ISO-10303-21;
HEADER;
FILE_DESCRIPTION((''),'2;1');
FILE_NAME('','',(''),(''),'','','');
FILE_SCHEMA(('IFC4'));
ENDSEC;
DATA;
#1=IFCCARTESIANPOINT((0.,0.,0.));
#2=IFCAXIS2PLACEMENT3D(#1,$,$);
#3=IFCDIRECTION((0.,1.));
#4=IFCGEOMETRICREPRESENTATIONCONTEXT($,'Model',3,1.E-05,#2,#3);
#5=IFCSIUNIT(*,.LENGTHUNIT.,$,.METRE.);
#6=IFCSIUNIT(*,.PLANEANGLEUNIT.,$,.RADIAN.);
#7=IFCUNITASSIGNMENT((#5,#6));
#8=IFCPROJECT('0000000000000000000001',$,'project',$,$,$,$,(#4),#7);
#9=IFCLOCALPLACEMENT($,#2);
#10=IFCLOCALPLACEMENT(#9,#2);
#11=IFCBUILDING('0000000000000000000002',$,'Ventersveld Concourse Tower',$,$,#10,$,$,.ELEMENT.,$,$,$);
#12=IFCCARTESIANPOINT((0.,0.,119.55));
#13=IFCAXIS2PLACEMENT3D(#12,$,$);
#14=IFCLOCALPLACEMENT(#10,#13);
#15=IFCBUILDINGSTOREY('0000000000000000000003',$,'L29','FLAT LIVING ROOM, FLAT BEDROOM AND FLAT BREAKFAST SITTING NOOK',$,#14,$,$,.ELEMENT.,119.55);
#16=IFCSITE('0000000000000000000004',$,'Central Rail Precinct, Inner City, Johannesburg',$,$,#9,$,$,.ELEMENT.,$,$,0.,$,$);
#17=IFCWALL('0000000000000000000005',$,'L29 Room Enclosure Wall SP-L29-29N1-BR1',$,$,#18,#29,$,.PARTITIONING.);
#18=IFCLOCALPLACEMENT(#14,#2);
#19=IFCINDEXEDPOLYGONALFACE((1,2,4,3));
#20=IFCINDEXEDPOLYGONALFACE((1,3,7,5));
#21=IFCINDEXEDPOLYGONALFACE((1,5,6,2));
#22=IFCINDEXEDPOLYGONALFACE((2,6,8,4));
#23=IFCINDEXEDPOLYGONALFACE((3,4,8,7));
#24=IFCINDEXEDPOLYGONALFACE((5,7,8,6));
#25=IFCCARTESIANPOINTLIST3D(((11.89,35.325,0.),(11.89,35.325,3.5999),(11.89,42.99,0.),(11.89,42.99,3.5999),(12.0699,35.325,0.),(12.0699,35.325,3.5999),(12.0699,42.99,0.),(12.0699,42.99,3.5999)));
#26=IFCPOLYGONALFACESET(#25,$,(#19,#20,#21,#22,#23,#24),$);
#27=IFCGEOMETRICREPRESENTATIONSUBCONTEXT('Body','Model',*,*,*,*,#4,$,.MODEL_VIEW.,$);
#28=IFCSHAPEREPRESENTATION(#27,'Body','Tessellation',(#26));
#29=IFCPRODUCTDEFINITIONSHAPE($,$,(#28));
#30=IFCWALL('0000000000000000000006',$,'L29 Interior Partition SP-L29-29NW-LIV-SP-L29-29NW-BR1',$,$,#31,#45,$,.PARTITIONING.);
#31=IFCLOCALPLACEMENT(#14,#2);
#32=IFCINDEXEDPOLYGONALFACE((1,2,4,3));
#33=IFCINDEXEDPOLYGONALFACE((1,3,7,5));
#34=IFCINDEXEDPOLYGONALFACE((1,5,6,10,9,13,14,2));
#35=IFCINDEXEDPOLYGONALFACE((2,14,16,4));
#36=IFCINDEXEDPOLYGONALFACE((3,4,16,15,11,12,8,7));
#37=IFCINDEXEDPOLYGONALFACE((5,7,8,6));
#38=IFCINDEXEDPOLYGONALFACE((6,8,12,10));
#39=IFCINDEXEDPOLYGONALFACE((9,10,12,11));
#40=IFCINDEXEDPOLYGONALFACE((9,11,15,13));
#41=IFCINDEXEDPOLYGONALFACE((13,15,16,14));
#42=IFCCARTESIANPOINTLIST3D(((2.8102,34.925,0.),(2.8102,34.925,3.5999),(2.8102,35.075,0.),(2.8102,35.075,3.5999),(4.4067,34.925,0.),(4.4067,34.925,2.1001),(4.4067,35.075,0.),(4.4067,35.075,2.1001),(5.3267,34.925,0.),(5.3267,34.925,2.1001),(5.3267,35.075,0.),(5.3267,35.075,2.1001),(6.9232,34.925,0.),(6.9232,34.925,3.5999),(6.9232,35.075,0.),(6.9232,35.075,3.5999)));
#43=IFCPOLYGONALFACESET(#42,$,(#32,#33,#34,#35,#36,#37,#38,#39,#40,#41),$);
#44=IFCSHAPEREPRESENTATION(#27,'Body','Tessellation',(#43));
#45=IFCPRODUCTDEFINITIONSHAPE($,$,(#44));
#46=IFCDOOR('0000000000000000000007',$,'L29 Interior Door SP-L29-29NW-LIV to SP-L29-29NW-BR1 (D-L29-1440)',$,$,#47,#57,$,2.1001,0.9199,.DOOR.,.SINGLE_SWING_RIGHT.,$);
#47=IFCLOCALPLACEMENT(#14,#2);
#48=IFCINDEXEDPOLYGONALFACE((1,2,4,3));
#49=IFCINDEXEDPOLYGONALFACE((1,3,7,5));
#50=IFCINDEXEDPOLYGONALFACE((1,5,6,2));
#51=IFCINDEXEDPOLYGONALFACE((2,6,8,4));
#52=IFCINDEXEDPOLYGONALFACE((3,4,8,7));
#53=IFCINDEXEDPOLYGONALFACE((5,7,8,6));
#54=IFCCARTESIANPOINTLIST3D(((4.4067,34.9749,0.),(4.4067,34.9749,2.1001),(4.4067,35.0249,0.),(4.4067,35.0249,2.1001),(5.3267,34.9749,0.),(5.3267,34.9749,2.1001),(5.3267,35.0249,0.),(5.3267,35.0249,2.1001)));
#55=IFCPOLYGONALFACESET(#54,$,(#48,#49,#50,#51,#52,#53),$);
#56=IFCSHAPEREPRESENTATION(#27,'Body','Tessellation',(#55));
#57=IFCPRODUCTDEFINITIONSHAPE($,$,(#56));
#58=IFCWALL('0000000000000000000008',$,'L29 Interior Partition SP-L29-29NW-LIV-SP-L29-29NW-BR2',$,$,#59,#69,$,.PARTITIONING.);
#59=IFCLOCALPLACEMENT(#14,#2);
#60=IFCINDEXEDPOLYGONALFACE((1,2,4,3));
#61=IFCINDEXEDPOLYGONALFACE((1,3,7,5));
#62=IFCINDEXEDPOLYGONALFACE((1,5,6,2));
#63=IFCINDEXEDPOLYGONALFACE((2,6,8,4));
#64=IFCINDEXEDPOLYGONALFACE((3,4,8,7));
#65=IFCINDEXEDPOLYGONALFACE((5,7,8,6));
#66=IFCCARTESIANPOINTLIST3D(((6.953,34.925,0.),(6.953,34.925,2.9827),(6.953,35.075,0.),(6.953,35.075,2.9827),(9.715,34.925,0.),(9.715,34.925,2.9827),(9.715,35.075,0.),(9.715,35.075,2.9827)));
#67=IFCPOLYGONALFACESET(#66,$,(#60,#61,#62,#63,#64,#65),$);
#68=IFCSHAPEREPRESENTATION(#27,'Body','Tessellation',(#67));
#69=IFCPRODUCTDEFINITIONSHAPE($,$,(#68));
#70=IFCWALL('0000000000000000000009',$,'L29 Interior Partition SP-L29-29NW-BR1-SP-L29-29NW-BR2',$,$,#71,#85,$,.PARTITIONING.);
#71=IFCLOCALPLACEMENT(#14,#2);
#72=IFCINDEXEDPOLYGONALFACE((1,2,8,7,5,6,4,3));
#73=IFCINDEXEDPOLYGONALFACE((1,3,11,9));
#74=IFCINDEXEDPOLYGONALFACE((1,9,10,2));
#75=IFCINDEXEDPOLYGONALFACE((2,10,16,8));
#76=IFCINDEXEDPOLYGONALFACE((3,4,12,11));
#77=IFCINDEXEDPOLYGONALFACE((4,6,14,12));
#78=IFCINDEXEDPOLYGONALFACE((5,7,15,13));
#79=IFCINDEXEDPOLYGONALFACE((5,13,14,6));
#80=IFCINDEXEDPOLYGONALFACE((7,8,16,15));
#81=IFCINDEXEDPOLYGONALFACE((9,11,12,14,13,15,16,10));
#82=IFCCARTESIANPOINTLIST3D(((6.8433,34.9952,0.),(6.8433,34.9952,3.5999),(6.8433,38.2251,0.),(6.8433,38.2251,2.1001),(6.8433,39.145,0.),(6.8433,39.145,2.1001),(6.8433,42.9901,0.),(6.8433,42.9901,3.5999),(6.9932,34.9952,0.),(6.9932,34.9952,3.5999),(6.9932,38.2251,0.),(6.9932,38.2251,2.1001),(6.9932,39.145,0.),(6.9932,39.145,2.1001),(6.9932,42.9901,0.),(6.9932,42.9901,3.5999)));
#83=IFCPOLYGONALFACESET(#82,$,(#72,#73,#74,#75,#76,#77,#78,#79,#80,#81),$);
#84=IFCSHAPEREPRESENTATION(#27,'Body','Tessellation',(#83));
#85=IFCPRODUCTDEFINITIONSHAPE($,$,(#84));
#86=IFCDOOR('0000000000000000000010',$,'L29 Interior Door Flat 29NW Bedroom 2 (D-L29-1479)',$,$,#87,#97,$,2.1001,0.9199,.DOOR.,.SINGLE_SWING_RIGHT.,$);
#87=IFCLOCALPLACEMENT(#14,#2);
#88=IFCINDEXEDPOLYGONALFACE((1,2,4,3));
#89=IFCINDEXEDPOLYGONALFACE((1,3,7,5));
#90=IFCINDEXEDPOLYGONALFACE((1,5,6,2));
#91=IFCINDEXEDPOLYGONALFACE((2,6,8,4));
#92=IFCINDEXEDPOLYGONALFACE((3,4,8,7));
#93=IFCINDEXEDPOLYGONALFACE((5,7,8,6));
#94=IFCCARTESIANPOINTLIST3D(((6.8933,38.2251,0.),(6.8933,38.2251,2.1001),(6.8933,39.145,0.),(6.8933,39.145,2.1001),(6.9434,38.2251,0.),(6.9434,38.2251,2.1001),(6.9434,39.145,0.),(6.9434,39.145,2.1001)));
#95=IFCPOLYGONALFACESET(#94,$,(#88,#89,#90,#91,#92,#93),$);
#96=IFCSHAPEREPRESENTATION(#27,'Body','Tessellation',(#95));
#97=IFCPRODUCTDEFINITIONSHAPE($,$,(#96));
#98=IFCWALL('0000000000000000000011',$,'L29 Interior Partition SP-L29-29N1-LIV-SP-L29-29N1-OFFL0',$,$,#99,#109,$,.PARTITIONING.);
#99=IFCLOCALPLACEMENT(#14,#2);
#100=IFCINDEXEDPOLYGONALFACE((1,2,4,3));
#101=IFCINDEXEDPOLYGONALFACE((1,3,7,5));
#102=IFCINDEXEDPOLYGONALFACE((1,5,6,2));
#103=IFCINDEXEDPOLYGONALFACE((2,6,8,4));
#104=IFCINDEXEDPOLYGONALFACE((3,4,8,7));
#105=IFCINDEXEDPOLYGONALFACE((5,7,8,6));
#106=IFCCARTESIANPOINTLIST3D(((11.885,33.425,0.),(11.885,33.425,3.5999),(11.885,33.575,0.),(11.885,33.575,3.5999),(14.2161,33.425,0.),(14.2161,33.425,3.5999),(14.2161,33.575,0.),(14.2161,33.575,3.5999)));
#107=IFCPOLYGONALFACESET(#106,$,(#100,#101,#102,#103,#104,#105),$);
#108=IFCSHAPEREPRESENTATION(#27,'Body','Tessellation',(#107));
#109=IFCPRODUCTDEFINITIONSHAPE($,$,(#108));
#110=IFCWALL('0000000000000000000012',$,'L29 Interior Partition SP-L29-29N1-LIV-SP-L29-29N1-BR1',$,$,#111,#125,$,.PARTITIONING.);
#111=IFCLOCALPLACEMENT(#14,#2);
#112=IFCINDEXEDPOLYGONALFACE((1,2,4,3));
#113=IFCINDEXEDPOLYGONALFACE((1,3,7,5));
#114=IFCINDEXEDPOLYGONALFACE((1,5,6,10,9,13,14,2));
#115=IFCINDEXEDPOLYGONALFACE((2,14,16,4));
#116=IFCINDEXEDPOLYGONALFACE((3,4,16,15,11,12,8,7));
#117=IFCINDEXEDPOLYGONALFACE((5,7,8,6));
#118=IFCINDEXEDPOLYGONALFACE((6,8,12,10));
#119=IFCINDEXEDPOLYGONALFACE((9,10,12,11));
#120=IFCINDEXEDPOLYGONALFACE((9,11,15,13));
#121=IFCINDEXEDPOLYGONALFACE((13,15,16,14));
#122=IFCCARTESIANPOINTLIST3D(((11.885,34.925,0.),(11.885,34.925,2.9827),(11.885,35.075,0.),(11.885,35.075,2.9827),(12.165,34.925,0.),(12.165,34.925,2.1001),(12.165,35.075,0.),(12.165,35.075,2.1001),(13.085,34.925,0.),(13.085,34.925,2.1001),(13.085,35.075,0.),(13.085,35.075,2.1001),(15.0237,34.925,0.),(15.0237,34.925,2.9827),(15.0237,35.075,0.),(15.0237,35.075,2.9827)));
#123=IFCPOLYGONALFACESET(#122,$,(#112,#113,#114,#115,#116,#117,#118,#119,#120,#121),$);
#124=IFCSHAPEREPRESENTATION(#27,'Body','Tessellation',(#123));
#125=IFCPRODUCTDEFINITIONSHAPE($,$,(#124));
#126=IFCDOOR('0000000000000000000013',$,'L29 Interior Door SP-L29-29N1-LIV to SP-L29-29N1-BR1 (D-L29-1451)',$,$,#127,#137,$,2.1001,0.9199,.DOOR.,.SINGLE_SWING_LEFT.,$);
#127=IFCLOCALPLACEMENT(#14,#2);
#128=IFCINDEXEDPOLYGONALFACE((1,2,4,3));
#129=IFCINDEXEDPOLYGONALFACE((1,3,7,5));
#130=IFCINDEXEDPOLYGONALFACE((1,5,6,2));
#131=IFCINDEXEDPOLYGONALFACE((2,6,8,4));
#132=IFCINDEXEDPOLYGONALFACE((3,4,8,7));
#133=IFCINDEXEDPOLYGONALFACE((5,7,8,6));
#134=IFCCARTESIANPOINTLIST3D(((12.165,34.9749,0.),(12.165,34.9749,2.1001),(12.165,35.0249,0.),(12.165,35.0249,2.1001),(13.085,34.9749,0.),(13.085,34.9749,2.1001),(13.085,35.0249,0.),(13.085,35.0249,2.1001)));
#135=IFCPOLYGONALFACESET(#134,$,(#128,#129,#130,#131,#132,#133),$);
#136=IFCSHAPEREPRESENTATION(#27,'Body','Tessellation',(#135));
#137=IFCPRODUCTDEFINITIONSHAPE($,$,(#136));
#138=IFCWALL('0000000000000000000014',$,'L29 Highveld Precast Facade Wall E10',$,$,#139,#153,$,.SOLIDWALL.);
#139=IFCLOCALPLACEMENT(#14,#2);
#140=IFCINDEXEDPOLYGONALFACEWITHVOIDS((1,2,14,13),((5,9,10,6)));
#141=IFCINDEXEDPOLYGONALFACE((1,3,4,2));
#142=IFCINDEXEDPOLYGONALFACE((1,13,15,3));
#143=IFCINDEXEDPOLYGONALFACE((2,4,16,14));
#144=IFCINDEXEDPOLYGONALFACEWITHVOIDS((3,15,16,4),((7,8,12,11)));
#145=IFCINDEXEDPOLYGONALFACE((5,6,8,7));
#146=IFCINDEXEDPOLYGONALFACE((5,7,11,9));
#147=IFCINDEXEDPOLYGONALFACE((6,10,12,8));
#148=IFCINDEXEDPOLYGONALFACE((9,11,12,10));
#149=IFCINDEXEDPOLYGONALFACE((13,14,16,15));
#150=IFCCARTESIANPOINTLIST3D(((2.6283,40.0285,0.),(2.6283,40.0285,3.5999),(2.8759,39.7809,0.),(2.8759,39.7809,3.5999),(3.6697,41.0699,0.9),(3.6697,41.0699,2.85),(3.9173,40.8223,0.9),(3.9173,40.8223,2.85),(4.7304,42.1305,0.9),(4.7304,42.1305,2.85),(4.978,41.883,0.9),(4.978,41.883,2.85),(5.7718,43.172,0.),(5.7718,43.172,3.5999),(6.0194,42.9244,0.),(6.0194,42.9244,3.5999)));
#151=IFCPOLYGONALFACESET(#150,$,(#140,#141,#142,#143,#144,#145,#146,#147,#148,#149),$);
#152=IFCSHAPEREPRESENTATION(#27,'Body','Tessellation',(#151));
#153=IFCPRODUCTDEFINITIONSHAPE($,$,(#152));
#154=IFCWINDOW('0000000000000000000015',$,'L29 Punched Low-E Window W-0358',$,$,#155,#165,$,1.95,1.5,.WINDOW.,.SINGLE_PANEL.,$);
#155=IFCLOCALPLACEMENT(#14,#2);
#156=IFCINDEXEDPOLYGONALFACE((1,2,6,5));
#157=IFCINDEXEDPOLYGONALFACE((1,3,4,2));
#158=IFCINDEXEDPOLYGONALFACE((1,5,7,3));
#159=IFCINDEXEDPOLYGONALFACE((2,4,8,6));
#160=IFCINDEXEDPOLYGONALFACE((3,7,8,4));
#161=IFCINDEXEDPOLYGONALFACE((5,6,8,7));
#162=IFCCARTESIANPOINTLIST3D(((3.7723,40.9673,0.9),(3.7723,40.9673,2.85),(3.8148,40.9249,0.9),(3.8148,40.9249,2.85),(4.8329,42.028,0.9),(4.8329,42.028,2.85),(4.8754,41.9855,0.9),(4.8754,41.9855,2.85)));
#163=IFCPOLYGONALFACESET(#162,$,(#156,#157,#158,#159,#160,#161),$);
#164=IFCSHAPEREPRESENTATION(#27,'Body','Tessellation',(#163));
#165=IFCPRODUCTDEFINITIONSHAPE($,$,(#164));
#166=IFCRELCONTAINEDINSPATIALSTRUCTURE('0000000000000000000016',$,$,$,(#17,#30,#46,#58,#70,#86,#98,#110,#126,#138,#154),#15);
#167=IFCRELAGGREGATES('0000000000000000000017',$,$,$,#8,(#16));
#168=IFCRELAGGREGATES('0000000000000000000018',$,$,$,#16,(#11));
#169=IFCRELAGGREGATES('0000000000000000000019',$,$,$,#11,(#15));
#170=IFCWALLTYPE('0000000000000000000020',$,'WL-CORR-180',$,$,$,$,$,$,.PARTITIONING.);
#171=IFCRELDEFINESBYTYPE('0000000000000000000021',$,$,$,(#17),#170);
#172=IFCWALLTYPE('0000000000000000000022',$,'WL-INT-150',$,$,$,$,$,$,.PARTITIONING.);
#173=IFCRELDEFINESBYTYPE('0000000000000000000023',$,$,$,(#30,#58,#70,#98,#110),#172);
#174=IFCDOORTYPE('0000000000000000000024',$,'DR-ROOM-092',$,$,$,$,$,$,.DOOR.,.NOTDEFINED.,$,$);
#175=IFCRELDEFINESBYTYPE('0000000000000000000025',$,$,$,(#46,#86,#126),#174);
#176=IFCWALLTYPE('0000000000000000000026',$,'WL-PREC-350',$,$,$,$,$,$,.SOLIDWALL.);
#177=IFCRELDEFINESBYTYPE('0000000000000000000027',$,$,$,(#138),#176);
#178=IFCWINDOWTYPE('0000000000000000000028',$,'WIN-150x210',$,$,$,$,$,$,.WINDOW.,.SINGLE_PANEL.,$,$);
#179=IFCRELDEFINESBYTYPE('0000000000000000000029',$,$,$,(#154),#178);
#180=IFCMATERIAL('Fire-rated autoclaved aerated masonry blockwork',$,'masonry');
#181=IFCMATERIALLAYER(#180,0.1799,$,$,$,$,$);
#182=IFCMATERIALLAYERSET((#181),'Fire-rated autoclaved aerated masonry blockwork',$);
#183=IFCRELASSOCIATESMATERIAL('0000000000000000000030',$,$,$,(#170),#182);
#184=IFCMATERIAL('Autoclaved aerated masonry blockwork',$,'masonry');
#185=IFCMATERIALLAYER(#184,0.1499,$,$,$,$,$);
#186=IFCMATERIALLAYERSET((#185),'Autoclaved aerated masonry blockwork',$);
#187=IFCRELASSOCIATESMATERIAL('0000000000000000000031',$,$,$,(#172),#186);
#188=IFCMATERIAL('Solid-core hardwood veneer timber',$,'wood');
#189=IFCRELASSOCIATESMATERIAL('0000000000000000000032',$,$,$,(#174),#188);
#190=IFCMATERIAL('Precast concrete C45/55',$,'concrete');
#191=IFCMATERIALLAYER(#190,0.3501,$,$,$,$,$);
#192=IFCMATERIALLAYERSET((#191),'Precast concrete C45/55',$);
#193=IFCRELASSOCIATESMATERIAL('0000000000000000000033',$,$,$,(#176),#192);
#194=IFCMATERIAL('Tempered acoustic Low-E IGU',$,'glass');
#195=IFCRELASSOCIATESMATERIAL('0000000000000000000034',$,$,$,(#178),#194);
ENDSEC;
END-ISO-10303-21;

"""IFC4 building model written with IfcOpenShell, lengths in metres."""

from ifc_helpers import new_model, si_unit, direction, frame, frame_2d, origin, place, context, subcontext, project, spatial, rectangle, extrude, material, layer, layer_set, type_object, element, fill, save


model = new_model("IFC4")

# Units and contexts
model_context = context("Model", 3, precision=1e-05, world=origin(), true_north=direction((0.0, 1.0)))
body_context = subcontext(model_context, "Body", "Model", "MODEL_VIEW")
ifc_project = project(units=[si_unit("LENGTHUNIT", "METRE"), si_unit("PLANEANGLEUNIT", "RADIAN")], contexts=[model_context])

# Site, building, storey
site_placement = place(None, origin())
site = spatial("IfcSite", under=ifc_project, at=site_placement, Name="Central Rail Precinct, Inner City, Johannesburg", CompositionType="ELEMENT", RefElevation=0.0)
building_placement = place(site_placement, origin())
building = spatial("IfcBuilding", under=site, at=building_placement, Name="Ventersveld Concourse Tower", CompositionType="ELEMENT")
storey_placement = place(building_placement, frame((0.0, 0.0, 119.55)))
storey = spatial("IfcBuildingStorey", under=building, at=storey_placement, Name="L29", Description="FLAT LIVING ROOM, FLAT BEDROOM AND FLAT BREAKFAST SITTING NOOK", CompositionType="ELEMENT", Elevation=119.55)

# Wall
ifc_material_1 = material(Name="Fire-rated autoclaved aerated masonry blockwork", Category="masonry")
ifc_layer_1 = layer(ifc_material_1, 0.1799)
ifc_layer_set_1 = layer_set([ifc_layer_1], Name="Fire-rated autoclaved aerated masonry blockwork")
wall_type_1 = type_object("IfcWallType", Name="WL-CORR-180", PredefinedType="PARTITIONING", material=ifc_layer_set_1)
wall_1_placement = place(storey_placement, frame((11.98, 35.325, 0.0), z_axis=(0.0, 0.0, 1.0), x_axis=(0.0, 1.0, 0.0)))
element("IfcWall", 1, at=wall_1_placement, inside=storey, type_object=wall_type_1, Name="L29 Room Enclosure Wall SP-L29-29N1-BR1", PredefinedType="PARTITIONING", context=body_context, shape_type="SweptSolid", body=[
    extrude(rectangle(XDim=7.665, YDim=0.1799, at=frame_2d((3.8325, 0.0))), origin(), (0.0, 0.0, 1.0), 3.5999),
])

# Wall, opening, door
ifc_material_2 = material(Name="Autoclaved aerated masonry blockwork", Category="masonry")
ifc_layer_2 = layer(ifc_material_2, 0.1499)
ifc_layer_set_2 = layer_set([ifc_layer_2], Name="Autoclaved aerated masonry blockwork")
wall_type_2 = type_object("IfcWallType", Name="WL-INT-150", PredefinedType="PARTITIONING", material=ifc_layer_set_2)
wall_2_placement = place(storey_placement, frame((2.8101, 35.0, 0.0), z_axis=(0.0, 0.0, 1.0), x_axis=(1.0, 0.0, 0.0)))
wall_2 = element("IfcWall", 2, at=wall_2_placement, inside=storey, type_object=wall_type_2, Name="L29 Interior Partition SP-L29-29NW-LIV-SP-L29-29NW-BR1", PredefinedType="PARTITIONING", context=body_context, shape_type="SweptSolid", body=[
    extrude(rectangle(XDim=4.113, YDim=0.1499, at=frame_2d((2.0566, 0.0))), origin(), (0.0, 0.0, 1.0), 3.5999),
])
opening_1_placement = place(wall_2_placement, frame((1.5967, 0.0, 0.0)))
opening_1 = element("IfcOpeningElement", 3, at=opening_1_placement, cuts=wall_2, PredefinedType="OPENING", context=body_context, shape_type="SweptSolid", body=[
    extrude(rectangle(XDim=0.9199, YDim=2.1001, at=frame_2d((0.46, 1.05))), frame((0.0, 0.085, 0.0), z_axis=(0.0, -1.0, 0.0), x_axis=(1.0, 0.0, 0.0)), (0.0, 0.0, 1.0), 0.1699),
])
ifc_material_3 = material(Name="Solid-core hardwood veneer timber", Category="wood")
door_type_1 = type_object("IfcDoorType", Name="DR-ROOM-092", OperationType="NOTDEFINED", PredefinedType="DOOR", material=ifc_material_3)
door_1_placement = place(opening_1_placement, origin())
door_1 = element("IfcDoor", 4, at=door_1_placement, inside=storey, type_object=door_type_1, Name="L29 Interior Door SP-L29-29NW-LIV to SP-L29-29NW-BR1 (D-L29-1440)", OperationType="SINGLE_SWING_RIGHT", OverallHeight=2.1001, OverallWidth=0.9199, PredefinedType="DOOR", context=body_context, shape_type="SweptSolid", body=[
    extrude(rectangle(XDim=0.9199, YDim=2.1001, at=frame_2d((0.46, 1.05))), frame((0.0, 0.0249, 0.0), z_axis=(0.0, -1.0, 0.0), x_axis=(1.0, 0.0, 0.0)), (0.0, 0.0, 1.0), 0.05),
])
fill(opening_1, door_1)

# Wall
wall_3_placement = place(storey_placement, frame((6.9531, 35.0, 0.0), z_axis=(0.0, 0.0, 1.0), x_axis=(1.0, 0.0, 0.0)))
element("IfcWall", 5, at=wall_3_placement, inside=storey, type_object=wall_type_2, Name="L29 Interior Partition SP-L29-29NW-LIV-SP-L29-29NW-BR2", PredefinedType="PARTITIONING", context=body_context, shape_type="SweptSolid", body=[
    extrude(rectangle(XDim=2.762, YDim=0.1499, at=frame_2d((1.3809, 0.0))), origin(), (0.0, 0.0, 1.0), 2.9827),
])

# Wall, opening, door
wall_4_placement = place(storey_placement, frame((6.9182, 34.9951, 0.0), z_axis=(0.0, 0.0, 1.0), x_axis=(0.0, 1.0, 0.0)))
wall_4 = element("IfcWall", 6, at=wall_4_placement, inside=storey, type_object=wall_type_2, Name="L29 Interior Partition SP-L29-29NW-BR1-SP-L29-29NW-BR2", PredefinedType="PARTITIONING", context=body_context, shape_type="SweptSolid", body=[
    extrude(rectangle(XDim=7.9949, YDim=0.1499, at=frame_2d((3.9976, 0.0))), origin(), (0.0, 0.0, 1.0), 3.5999),
])
opening_2_placement = place(wall_4_placement, frame((3.23, 0.0, 0.0)))
opening_2 = element("IfcOpeningElement", 7, at=opening_2_placement, cuts=wall_4, PredefinedType="OPENING", context=body_context, shape_type="SweptSolid", body=[
    extrude(rectangle(XDim=0.9199, YDim=2.1001, at=frame_2d((0.46, 1.05))), frame((0.0, 0.085, 0.0), z_axis=(0.0, -1.0, 0.0), x_axis=(1.0, 0.0, 0.0)), (0.0, 0.0, 1.0), 0.1699),
])
door_2_placement = place(opening_2_placement, origin())
door_2 = element("IfcDoor", 8, at=door_2_placement, inside=storey, type_object=door_type_1, Name="L29 Interior Door Flat 29NW Bedroom 2 (D-L29-1479)", OperationType="SINGLE_SWING_RIGHT", OverallHeight=2.1001, OverallWidth=0.9199, PredefinedType="DOOR", context=body_context, shape_type="SweptSolid", body=[
    extrude(rectangle(XDim=0.9199, YDim=2.1001, at=frame_2d((0.46, 1.05))), frame((0.0, 0.0249, 0.0), z_axis=(0.0, -1.0, 0.0), x_axis=(1.0, 0.0, 0.0)), (0.0, 0.0, 1.0), 0.05),
])
fill(opening_2, door_2)

# Wall
wall_5_placement = place(storey_placement, frame((11.885, 33.5, 0.0), z_axis=(0.0, 0.0, 1.0), x_axis=(1.0, 0.0, 0.0)))
element("IfcWall", 9, at=wall_5_placement, inside=storey, type_object=wall_type_2, Name="L29 Interior Partition SP-L29-29N1-LIV-SP-L29-29N1-OFFL0", PredefinedType="PARTITIONING", context=body_context, shape_type="SweptSolid", body=[
    extrude(rectangle(XDim=2.3311, YDim=0.1499, at=frame_2d((1.1655, 0.0))), origin(), (0.0, 0.0, 1.0), 3.5999),
])

# Wall, opening, door
wall_6_placement = place(storey_placement, frame((11.885, 35.0, 0.0), z_axis=(0.0, 0.0, 1.0), x_axis=(1.0, 0.0, 0.0)))
wall_6 = element("IfcWall", 10, at=wall_6_placement, inside=storey, type_object=wall_type_2, Name="L29 Interior Partition SP-L29-29N1-LIV-SP-L29-29N1-BR1", PredefinedType="PARTITIONING", context=body_context, shape_type="SweptSolid", body=[
    extrude(rectangle(XDim=3.1387, YDim=0.1499, at=frame_2d((1.5693, 0.0))), origin(), (0.0, 0.0, 1.0), 2.9827),
])
opening_3_placement = place(wall_6_placement, frame((0.28, 0.0, 0.0)))
opening_3 = element("IfcOpeningElement", 11, at=opening_3_placement, cuts=wall_6, PredefinedType="OPENING", context=body_context, shape_type="SweptSolid", body=[
    extrude(rectangle(XDim=0.9199, YDim=2.1001, at=frame_2d((0.46, 1.05))), frame((0.0, 0.085, 0.0), z_axis=(0.0, -1.0, 0.0), x_axis=(1.0, 0.0, 0.0)), (0.0, 0.0, 1.0), 0.1699),
])
door_3_placement = place(opening_3_placement, origin())
door_3 = element("IfcDoor", 12, at=door_3_placement, inside=storey, type_object=door_type_1, Name="L29 Interior Door SP-L29-29N1-LIV to SP-L29-29N1-BR1 (D-L29-1451)", OperationType="SINGLE_SWING_LEFT", OverallHeight=2.1001, OverallWidth=0.9199, PredefinedType="DOOR", context=body_context, shape_type="SweptSolid", body=[
    extrude(rectangle(XDim=0.9199, YDim=2.1001, at=frame_2d((0.46, 1.05))), frame((0.0, 0.0249, 0.0), z_axis=(0.0, -1.0, 0.0), x_axis=(1.0, 0.0, 0.0)), (0.0, 0.0, 1.0), 0.05),
])
fill(opening_3, door_3)

# Wall, opening, window
ifc_material_4 = material(Name="Precast concrete C45/55", Category="concrete")
ifc_layer_3 = layer(ifc_material_4, 0.3501)
ifc_layer_set_3 = layer_set([ifc_layer_3], Name="Precast concrete C45/55")
wall_type_3 = type_object("IfcWallType", Name="WL-PREC-350", PredefinedType="SOLIDWALL", material=ifc_layer_set_3)
wall_7_placement = place(storey_placement, frame((5.8955, 43.0481, 0.0), z_axis=(0.0, 0.0, 1.0), x_axis=(-0.707107, -0.707107, 0.0)))
wall_7 = element("IfcWall", 13, at=wall_7_placement, inside=storey, type_object=wall_type_3, Name="L29 Highveld Precast Facade Wall E10", PredefinedType="SOLIDWALL", context=body_context, shape_type="SweptSolid", body=[
    extrude(rectangle(XDim=4.4456, YDim=0.3501, at=frame_2d((2.2227, 0.0))), origin(), (0.0, 0.0, 1.0), 3.5999),
])
opening_4_placement = place(wall_7_placement, frame((1.4727, 0.0, 0.8999)))
opening_4 = element("IfcOpeningElement", 14, at=opening_4_placement, cuts=wall_7, PredefinedType="OPENING", context=body_context, shape_type="SweptSolid", body=[
    extrude(rectangle(XDim=1.5, YDim=1.95, at=frame_2d((0.75, 0.9751))), frame((0.0, 0.1851, 0.0), z_axis=(0.0, -1.0, 0.0), x_axis=(1.0, 0.0, 0.0)), (0.0, 0.0, 1.0), 0.3701),
])
ifc_material_5 = material(Name="Tempered acoustic Low-E IGU", Category="glass")
window_type_1 = type_object("IfcWindowType", Name="WIN-150x210", PartitioningType="SINGLE_PANEL", PredefinedType="WINDOW", material=ifc_material_5)
window_1_placement = place(opening_4_placement, origin())
window_1 = element("IfcWindow", 15, at=window_1_placement, inside=storey, type_object=window_type_1, Name="L29 Punched Low-E Window W-0358", OverallHeight=1.95, OverallWidth=1.5, PartitioningType="SINGLE_PANEL", PredefinedType="WINDOW", context=body_context, shape_type="SweptSolid", body=[
    extrude(rectangle(XDim=1.5, YDim=1.95, at=frame_2d((0.75, 0.9751))), frame((0.0, 0.03, 0.0), z_axis=(0.0, -1.0, 0.0), x_axis=(1.0, 0.0, 0.0)), (0.0, 0.0, 1.0), 0.0601),
])
fill(opening_4, window_1)

save(model, "model.ifc")
